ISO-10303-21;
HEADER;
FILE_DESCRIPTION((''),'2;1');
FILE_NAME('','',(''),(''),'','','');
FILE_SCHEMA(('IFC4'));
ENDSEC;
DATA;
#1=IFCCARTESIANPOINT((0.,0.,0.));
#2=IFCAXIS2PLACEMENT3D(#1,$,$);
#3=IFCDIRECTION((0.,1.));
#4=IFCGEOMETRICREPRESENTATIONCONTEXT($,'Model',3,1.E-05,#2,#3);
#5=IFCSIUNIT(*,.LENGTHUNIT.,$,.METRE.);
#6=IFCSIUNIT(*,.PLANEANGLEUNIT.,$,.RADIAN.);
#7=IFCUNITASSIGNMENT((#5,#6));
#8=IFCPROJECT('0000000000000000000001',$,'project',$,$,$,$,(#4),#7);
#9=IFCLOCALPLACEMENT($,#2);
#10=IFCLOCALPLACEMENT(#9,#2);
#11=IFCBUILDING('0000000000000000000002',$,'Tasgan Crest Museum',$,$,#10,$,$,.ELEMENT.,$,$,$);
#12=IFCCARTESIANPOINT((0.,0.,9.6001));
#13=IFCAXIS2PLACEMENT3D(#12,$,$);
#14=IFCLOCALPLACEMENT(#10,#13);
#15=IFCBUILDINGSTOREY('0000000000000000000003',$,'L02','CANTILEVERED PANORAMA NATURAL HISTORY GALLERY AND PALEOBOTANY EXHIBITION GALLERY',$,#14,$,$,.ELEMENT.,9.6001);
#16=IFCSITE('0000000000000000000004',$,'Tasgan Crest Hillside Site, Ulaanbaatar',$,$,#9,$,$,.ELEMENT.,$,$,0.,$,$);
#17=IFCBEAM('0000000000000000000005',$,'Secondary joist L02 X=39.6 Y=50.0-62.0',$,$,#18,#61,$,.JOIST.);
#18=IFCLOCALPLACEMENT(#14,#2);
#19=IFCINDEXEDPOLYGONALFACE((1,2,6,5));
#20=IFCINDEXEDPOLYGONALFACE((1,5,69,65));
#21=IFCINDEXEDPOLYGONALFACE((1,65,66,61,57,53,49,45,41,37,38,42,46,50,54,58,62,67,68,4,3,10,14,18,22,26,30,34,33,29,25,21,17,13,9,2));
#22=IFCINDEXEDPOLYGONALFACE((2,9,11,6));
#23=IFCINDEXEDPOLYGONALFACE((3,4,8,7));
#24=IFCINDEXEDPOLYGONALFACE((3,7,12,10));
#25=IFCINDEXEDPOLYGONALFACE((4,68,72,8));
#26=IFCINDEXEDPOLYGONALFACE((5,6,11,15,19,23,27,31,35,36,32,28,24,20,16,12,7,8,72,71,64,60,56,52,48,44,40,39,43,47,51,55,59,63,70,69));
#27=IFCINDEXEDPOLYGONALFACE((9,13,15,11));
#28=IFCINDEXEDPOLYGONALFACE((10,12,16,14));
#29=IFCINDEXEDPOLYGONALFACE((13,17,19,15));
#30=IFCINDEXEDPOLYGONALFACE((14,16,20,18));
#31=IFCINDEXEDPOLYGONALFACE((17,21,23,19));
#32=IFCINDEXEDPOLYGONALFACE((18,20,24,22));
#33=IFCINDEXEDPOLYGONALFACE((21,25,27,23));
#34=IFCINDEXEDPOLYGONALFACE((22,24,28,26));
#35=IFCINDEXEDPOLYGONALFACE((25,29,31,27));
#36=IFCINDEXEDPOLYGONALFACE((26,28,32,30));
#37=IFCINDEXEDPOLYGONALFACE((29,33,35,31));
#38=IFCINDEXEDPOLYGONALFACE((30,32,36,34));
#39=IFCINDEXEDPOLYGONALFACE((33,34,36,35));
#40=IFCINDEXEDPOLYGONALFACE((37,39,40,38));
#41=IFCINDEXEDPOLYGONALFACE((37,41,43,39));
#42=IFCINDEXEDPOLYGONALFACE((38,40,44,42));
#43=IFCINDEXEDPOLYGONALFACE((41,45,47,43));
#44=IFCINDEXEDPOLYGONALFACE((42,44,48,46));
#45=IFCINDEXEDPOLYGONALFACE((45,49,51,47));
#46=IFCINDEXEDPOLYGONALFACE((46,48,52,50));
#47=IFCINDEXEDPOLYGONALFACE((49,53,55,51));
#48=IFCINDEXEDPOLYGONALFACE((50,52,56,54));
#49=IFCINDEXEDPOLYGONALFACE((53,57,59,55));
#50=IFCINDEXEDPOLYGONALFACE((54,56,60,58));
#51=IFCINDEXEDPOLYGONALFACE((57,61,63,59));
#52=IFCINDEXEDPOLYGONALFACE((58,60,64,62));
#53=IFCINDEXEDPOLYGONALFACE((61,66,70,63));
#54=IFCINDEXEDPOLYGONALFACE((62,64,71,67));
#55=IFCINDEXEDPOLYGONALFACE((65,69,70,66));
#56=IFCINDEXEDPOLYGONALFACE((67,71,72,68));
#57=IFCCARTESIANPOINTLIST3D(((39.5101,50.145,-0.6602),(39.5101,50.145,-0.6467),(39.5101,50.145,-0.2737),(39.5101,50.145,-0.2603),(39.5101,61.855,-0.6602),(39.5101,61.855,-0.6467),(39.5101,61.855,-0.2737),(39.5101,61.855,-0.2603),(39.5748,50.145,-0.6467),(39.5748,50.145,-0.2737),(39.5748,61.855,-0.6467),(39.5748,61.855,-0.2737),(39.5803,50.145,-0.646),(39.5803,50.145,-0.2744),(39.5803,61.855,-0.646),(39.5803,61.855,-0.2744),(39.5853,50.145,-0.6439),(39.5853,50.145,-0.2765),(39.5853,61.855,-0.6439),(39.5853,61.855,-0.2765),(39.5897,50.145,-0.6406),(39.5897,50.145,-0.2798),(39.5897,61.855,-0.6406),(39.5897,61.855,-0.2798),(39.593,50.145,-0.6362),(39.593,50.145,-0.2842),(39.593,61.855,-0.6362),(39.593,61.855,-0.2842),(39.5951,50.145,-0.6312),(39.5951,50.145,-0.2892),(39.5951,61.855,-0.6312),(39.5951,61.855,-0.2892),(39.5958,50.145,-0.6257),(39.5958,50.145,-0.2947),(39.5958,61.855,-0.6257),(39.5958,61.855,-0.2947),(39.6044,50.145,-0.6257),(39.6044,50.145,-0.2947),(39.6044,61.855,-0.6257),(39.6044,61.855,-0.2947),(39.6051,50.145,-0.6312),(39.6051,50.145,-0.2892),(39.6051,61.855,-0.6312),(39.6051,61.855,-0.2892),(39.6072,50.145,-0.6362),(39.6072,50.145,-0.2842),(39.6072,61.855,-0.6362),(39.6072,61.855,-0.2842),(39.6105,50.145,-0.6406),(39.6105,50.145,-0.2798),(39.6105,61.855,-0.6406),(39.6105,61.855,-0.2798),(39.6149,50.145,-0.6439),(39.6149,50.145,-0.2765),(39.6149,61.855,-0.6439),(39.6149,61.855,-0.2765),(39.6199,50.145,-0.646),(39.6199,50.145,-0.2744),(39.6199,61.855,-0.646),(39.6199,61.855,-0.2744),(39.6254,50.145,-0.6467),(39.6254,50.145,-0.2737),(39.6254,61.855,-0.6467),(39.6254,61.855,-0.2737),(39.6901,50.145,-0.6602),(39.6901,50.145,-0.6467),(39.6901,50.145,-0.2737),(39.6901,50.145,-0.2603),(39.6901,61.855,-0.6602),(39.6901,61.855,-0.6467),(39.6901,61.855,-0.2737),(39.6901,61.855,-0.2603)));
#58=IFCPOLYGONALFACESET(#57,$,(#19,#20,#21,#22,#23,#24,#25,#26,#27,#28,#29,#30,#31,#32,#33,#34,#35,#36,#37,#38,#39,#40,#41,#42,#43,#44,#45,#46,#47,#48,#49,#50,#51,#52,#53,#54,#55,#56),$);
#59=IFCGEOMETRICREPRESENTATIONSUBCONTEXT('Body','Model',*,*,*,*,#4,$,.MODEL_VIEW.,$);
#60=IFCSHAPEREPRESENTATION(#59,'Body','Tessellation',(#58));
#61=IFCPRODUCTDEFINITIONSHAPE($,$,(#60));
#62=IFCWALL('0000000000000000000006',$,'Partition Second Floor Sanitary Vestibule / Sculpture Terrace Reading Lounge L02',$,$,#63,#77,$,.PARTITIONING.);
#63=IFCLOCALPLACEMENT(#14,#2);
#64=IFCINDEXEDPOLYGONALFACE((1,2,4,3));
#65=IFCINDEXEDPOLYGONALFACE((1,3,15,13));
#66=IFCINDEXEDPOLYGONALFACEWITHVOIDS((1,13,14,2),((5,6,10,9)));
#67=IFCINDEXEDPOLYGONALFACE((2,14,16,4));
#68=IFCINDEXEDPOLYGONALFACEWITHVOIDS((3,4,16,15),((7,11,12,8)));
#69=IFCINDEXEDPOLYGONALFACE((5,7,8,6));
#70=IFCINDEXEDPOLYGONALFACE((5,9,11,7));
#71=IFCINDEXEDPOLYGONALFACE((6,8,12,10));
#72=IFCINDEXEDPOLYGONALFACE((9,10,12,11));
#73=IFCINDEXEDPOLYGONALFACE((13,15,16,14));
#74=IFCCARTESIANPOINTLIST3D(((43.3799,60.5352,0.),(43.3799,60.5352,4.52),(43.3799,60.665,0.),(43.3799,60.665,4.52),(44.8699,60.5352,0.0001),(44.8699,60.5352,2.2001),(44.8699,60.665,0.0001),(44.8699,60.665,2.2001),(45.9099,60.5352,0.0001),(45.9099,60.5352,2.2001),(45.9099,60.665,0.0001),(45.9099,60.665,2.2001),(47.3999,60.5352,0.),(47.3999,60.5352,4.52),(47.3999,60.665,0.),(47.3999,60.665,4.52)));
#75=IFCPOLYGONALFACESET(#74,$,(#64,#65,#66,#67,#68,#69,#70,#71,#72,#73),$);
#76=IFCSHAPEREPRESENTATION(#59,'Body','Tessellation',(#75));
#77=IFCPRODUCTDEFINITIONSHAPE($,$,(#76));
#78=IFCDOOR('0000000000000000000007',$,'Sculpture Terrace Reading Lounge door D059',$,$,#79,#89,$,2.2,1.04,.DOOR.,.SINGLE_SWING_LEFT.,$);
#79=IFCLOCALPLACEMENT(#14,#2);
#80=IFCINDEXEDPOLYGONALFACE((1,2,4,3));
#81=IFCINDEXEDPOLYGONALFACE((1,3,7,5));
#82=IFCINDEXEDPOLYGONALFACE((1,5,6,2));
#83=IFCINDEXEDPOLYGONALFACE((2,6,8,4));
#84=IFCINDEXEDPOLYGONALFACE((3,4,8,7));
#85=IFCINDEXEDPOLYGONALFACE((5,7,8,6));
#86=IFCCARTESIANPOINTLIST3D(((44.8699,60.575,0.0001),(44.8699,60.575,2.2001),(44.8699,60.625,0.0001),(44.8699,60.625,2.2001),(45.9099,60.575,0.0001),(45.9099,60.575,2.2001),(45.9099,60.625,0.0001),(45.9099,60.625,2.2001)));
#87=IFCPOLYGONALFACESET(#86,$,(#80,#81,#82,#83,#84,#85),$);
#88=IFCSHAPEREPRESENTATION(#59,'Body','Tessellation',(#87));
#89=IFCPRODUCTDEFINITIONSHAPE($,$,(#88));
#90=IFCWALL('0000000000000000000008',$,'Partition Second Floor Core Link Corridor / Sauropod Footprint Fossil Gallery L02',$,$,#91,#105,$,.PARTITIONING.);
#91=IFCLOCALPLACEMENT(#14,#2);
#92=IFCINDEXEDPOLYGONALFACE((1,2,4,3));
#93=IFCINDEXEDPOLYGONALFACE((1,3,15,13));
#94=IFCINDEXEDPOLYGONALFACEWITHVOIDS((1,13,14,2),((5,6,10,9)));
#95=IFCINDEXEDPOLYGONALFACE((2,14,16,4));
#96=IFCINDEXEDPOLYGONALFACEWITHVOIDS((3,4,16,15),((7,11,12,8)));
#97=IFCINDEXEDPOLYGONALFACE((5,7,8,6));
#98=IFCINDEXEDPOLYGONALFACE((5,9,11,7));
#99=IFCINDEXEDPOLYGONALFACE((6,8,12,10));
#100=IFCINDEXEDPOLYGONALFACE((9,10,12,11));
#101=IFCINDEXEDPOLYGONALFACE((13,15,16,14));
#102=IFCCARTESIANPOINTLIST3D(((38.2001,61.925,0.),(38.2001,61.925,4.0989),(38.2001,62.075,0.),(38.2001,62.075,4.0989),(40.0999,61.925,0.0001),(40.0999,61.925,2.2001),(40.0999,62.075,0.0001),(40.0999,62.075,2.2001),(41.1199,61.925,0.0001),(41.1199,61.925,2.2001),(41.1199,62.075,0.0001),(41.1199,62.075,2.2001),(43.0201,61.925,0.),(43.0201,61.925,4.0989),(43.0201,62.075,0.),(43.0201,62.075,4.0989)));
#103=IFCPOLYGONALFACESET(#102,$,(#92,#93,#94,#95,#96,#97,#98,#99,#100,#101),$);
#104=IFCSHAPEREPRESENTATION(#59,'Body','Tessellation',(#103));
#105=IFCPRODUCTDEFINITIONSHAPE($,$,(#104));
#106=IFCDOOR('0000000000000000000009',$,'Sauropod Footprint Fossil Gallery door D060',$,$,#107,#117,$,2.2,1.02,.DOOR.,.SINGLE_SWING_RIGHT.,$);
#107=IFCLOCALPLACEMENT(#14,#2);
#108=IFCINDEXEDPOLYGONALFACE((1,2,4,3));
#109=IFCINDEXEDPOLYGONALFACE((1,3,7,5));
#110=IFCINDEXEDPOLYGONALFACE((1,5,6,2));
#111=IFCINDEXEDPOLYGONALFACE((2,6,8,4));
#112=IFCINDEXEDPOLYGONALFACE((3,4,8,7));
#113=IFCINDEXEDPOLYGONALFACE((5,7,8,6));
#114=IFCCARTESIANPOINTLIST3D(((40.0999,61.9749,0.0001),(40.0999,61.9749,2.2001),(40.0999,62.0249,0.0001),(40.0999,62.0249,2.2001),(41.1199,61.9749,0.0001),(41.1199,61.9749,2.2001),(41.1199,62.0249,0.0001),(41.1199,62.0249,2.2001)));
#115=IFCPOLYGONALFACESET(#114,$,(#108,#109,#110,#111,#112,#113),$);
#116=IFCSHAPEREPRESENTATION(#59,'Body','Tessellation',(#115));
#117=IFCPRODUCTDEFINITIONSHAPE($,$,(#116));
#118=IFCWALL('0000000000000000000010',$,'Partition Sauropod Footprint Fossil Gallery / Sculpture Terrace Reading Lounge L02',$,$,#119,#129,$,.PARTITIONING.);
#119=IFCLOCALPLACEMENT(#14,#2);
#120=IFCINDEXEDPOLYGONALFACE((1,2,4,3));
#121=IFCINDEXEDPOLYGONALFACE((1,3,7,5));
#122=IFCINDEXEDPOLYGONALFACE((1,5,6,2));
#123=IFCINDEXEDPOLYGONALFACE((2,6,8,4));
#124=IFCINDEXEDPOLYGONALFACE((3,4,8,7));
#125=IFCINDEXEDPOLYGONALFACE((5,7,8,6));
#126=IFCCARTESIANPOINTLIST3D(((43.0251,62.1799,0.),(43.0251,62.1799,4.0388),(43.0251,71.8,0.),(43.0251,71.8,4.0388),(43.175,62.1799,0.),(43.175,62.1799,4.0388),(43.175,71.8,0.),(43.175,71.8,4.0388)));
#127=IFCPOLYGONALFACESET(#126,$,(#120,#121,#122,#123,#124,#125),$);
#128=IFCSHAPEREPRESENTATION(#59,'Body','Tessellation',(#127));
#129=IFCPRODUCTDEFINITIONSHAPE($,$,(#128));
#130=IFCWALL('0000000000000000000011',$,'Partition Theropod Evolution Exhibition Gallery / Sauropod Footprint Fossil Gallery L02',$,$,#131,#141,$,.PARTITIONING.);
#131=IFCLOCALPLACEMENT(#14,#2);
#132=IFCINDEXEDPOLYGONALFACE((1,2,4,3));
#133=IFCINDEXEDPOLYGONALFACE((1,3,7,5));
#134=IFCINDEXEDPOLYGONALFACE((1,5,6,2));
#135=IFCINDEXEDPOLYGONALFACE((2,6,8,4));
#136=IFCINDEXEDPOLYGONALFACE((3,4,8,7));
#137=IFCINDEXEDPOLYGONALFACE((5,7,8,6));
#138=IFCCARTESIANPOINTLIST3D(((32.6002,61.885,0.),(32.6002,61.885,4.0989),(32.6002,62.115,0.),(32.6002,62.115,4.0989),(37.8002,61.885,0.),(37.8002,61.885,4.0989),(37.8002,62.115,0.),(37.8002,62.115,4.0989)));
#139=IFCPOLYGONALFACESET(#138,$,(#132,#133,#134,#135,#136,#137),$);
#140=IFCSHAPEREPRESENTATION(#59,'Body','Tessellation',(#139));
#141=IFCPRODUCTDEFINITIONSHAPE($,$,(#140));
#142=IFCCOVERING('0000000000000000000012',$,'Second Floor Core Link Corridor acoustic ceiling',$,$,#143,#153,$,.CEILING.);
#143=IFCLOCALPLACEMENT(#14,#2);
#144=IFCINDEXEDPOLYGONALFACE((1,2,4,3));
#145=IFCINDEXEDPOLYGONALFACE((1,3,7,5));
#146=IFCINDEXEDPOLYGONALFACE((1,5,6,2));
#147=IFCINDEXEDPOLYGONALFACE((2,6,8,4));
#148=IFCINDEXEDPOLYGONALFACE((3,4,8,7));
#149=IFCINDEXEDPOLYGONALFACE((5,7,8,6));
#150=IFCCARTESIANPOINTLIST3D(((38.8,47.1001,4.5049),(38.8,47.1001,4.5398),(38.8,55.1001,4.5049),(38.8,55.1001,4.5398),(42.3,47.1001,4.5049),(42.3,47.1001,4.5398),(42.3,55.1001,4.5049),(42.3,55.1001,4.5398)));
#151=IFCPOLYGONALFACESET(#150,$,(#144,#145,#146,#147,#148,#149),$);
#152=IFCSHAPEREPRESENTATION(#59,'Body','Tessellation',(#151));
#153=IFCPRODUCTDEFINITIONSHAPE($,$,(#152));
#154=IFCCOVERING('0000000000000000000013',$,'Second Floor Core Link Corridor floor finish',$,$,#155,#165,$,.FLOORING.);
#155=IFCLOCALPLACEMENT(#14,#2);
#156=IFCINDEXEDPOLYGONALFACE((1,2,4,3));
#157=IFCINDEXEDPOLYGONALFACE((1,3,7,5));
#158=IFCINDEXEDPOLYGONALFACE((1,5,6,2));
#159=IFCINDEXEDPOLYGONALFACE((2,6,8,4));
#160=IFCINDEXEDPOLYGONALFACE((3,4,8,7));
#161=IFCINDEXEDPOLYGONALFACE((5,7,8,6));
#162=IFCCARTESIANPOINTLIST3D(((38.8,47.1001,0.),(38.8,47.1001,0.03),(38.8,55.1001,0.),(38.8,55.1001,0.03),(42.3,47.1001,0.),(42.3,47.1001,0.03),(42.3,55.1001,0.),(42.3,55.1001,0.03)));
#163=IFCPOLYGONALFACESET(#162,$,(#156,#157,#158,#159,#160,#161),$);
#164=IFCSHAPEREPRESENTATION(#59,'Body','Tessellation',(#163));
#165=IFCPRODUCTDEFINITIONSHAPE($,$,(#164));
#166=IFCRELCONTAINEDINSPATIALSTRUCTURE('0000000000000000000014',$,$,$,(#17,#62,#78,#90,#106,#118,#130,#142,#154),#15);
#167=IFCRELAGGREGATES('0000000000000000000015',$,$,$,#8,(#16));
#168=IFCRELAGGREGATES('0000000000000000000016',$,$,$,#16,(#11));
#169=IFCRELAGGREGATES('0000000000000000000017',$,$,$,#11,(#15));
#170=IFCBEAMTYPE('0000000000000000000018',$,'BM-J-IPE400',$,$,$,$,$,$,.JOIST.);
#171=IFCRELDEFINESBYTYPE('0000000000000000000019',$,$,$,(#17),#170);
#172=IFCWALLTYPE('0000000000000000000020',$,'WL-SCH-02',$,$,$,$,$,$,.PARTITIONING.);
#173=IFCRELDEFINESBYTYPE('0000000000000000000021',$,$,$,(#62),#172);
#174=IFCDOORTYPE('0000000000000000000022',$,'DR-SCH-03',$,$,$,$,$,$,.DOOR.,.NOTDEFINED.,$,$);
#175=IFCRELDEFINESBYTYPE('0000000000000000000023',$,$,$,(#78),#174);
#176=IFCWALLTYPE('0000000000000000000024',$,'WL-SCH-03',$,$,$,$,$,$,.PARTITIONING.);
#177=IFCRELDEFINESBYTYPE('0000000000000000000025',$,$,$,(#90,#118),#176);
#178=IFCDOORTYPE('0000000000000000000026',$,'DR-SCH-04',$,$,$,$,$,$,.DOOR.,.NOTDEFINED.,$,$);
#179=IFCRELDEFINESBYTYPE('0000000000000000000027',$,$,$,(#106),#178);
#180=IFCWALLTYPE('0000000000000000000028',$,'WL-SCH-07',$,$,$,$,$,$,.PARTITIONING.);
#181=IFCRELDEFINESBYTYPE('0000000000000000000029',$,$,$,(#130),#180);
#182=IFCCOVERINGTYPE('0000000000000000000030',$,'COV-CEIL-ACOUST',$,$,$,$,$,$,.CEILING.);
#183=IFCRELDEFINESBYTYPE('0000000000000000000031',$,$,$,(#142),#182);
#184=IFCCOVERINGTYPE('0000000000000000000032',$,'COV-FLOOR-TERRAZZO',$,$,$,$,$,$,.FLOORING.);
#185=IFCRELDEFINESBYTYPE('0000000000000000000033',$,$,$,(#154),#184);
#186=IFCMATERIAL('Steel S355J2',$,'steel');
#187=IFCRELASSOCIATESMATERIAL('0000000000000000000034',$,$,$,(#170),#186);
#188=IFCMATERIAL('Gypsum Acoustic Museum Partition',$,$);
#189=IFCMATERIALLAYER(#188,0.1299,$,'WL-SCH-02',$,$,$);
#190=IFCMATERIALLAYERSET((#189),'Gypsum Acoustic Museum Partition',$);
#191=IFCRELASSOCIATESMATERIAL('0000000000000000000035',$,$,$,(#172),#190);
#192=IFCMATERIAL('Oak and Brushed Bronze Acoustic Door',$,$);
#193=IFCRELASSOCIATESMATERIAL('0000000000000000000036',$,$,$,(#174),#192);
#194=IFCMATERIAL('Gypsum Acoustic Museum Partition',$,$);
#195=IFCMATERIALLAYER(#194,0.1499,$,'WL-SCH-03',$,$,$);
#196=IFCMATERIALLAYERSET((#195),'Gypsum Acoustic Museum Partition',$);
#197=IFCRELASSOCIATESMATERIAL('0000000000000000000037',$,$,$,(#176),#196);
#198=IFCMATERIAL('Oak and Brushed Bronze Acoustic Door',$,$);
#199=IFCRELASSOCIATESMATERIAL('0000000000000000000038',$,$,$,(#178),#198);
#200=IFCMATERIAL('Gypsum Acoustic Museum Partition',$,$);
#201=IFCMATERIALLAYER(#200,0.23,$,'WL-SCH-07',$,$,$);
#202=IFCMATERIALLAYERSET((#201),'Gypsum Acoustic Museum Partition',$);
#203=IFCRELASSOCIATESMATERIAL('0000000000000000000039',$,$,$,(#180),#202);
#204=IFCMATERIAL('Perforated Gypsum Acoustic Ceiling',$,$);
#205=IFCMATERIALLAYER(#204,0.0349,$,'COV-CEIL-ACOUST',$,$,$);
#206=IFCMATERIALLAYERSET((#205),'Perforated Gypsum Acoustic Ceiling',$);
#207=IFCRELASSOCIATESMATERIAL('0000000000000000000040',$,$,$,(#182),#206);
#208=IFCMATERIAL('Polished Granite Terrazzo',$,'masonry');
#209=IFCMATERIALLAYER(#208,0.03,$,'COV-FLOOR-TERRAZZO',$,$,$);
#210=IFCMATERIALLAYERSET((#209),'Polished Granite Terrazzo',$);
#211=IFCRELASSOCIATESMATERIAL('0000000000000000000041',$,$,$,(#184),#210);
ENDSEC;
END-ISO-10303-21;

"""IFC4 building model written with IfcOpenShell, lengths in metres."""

from ifc_helpers import new_model, si_unit, direction, frame, frame_2d, origin, origin_2d, place, context, subcontext, project, spatial, rectangle, i_section, extrude, material, layer, layer_set, material_profile, profile_set, type_object, element, fill, save


model = new_model("IFC4")

# Units and contexts
model_context = context("Model", 3, precision=1e-05, world=origin(), true_north=direction((0.0, 1.0)))
body_context = subcontext(model_context, "Body", "Model", "MODEL_VIEW")
ifc_project = project(units=[si_unit("LENGTHUNIT", "METRE"), si_unit("PLANEANGLEUNIT", "RADIAN")], contexts=[model_context])

# Site, building, storey
site_placement = place(None, origin())
site = spatial("IfcSite", under=ifc_project, at=site_placement, Name="Tasgan Crest Hillside Site, Ulaanbaatar", CompositionType="ELEMENT", RefElevation=0.0)
building_placement = place(site_placement, origin())
building = spatial("IfcBuilding", under=site, at=building_placement, Name="Tasgan Crest Museum", CompositionType="ELEMENT")
storey_placement = place(building_placement, frame((0.0, 0.0, 9.6001)))
storey = spatial("IfcBuildingStorey", under=building, at=storey_placement, Name="L02", Description="CANTILEVERED PANORAMA NATURAL HISTORY GALLERY AND PALEOBOTANY EXHIBITION GALLERY", CompositionType="ELEMENT", Elevation=9.6001)

# Beam
ifc_material_1 = material(Name="Steel S355J2", Category="steel")
ifc_material_profile_1 = material_profile(ifc_material_1, i_section(OverallWidth=0.1799, OverallDepth=0.3999, WebThickness=0.0085, FlangeThickness=0.0134, FilletRadius=0.021, at=origin_2d()), Name="IPE 400")
ifc_profile_set_1 = profile_set([ifc_material_profile_1], Name="Steel S355J2")
beam_type_1 = type_object("IfcBeamType", Name="BM-J-IPE400", PredefinedType="JOIST", material=ifc_profile_set_1)
for number, where, z_axis, x_axis, name in (
    (1, (39.6001, 50.145, -0.4602), (0.0, 1.0, 0.0), (-1.0, 0.0, 0.0), "Secondary joist L02 X=39.6 Y=50.0-62.0"),
):
    element("IfcBeam", number, at=place(storey_placement, frame(where, z_axis=z_axis, x_axis=x_axis)), inside=storey, type_object=beam_type_1, Name=name, PredefinedType="JOIST", context=body_context, shape_type="SweptSolid", body=[
        extrude(i_section(OverallWidth=0.1799, OverallDepth=0.3999, WebThickness=0.0085, FlangeThickness=0.0134, FilletRadius=0.021, at=origin_2d()), origin(), (0.0, 0.0, 1.0), 11.71),
    ])

# Walls, openings, doors
ifc_material_2 = material(Name="Gypsum Acoustic Museum Partition")
ifc_layer_1 = layer(ifc_material_2, 0.1299, Name="WL-SCH-02")
ifc_layer_set_1 = layer_set([ifc_layer_1], Name="Gypsum Acoustic Museum Partition")
wall_type_1 = type_object("IfcWallType", Name="WL-SCH-02", PredefinedType="PARTITIONING", material=ifc_layer_set_1)
wall_1_placement = place(storey_placement, frame((43.3799, 60.6001, 0.0), z_axis=(0.0, 0.0, 1.0), x_axis=(1.0, 0.0, 0.0)))
wall_1 = element("IfcWall", 2, at=wall_1_placement, inside=storey, type_object=wall_type_1, Name="Partition Second Floor Sanitary Vestibule / Sculpture Terrace Reading Lounge L02", PredefinedType="PARTITIONING", context=body_context, shape_type="SweptSolid", body=[
    extrude(rectangle(XDim=4.02, YDim=0.1299, at=frame_2d((2.01, 0.0))), origin(), (0.0, 0.0, 1.0), 4.52),
])
opening_1_placement = place(wall_1_placement, frame((1.49, 0.0, 0.0)))
opening_1 = element("IfcOpeningElement", 3, at=opening_1_placement, cuts=wall_1, PredefinedType="OPENING", context=body_context, shape_type="SweptSolid", body=[
    extrude(rectangle(XDim=1.04, YDim=2.2, at=frame_2d((0.52, 1.1001))), frame((0.0, 0.075, 0.0), z_axis=(0.0, -1.0, 0.0), x_axis=(1.0, 0.0, 0.0)), (0.0, 0.0, 1.0), 0.1499),
])
ifc_material_3 = material(Name="Oak and Brushed Bronze Acoustic Door")
door_type_1 = type_object("IfcDoorType", Name="DR-SCH-03", OperationType="NOTDEFINED", PredefinedType="DOOR", material=ifc_material_3)
door_1_placement = place(opening_1_placement, origin())
door_1 = element("IfcDoor", 4, at=door_1_placement, inside=storey, type_object=door_type_1, Name="Sculpture Terrace Reading Lounge door D059", OperationType="SINGLE_SWING_LEFT", OverallHeight=2.2, OverallWidth=1.04, PredefinedType="DOOR", context=body_context, shape_type="SweptSolid", body=[
    extrude(rectangle(XDim=1.04, YDim=2.2, at=frame_2d((0.52, 1.1001))), frame((0.0, 0.0249, 0.0), z_axis=(0.0, -1.0, 0.0), x_axis=(1.0, 0.0, 0.0)), (0.0, 0.0, 1.0), 0.05),
])
fill(opening_1, door_1)
ifc_material_4 = material(Name="Gypsum Acoustic Museum Partition")
ifc_layer_2 = layer(ifc_material_4, 0.1499, Name="WL-SCH-03")
ifc_layer_set_2 = layer_set([ifc_layer_2], Name="Gypsum Acoustic Museum Partition")
wall_type_2 = type_object("IfcWallType", Name="WL-SCH-03", PredefinedType="PARTITIONING", material=ifc_layer_set_2)
wall_2_placement = place(storey_placement, frame((38.2, 62.0, 0.0), z_axis=(0.0, 0.0, 1.0), x_axis=(1.0, 0.0, 0.0)))
wall_2 = element("IfcWall", 5, at=wall_2_placement, inside=storey, type_object=wall_type_2, Name="Partition Second Floor Core Link Corridor / Sauropod Footprint Fossil Gallery L02", PredefinedType="PARTITIONING", context=body_context, shape_type="SweptSolid", body=[
    extrude(rectangle(XDim=4.8201, YDim=0.1499, at=frame_2d((2.4102, 0.0))), origin(), (0.0, 0.0, 1.0), 4.0989),
])
opening_2_placement = place(wall_2_placement, frame((1.8999, 0.0, 0.0)))
opening_2 = element("IfcOpeningElement", 6, at=opening_2_placement, cuts=wall_2, PredefinedType="OPENING", context=body_context, shape_type="SweptSolid", body=[
    extrude(rectangle(XDim=1.02, YDim=2.2, at=frame_2d((0.51, 1.1001))), frame((0.0, 0.085, 0.0), z_axis=(0.0, -1.0, 0.0), x_axis=(1.0, 0.0, 0.0)), (0.0, 0.0, 1.0), 0.1699),
])
ifc_material_5 = material(Name="Oak and Brushed Bronze Acoustic Door")
door_type_2 = type_object("IfcDoorType", Name="DR-SCH-04", OperationType="NOTDEFINED", PredefinedType="DOOR", material=ifc_material_5)
door_2_placement = place(opening_2_placement, origin())
door_2 = element("IfcDoor", 7, at=door_2_placement, inside=storey, type_object=door_type_2, Name="Sauropod Footprint Fossil Gallery door D060", OperationType="SINGLE_SWING_RIGHT", OverallHeight=2.2, OverallWidth=1.02, PredefinedType="DOOR", context=body_context, shape_type="SweptSolid", body=[
    extrude(rectangle(XDim=1.02, YDim=2.2, at=frame_2d((0.51, 1.1001))), frame((0.0, 0.0249, 0.0), z_axis=(0.0, -1.0, 0.0), x_axis=(1.0, 0.0, 0.0)), (0.0, 0.0, 1.0), 0.05),
])
fill(opening_2, door_2)

# Walls
wall_3_placement = place(storey_placement, frame((43.1001, 62.1799, 0.0), z_axis=(0.0, 0.0, 1.0), x_axis=(0.0, 1.0, 0.0)))
element("IfcWall", 8, at=wall_3_placement, inside=storey, type_object=wall_type_2, Name="Partition Sauropod Footprint Fossil Gallery / Sculpture Terrace Reading Lounge L02", PredefinedType="PARTITIONING", context=body_context, shape_type="SweptSolid", body=[
    extrude(rectangle(XDim=9.6201, YDim=0.1499, at=frame_2d((4.8101, 0.0))), origin(), (0.0, 0.0, 1.0), 4.0388),
])
ifc_material_6 = material(Name="Gypsum Acoustic Museum Partition")
ifc_layer_3 = layer(ifc_material_6, 0.23, Name="WL-SCH-07")
ifc_layer_set_3 = layer_set([ifc_layer_3], Name="Gypsum Acoustic Museum Partition")
wall_type_3 = type_object("IfcWallType", Name="WL-SCH-07", PredefinedType="PARTITIONING", material=ifc_layer_set_3)
wall_4_placement = place(storey_placement, frame((32.6001, 62.0, 0.0), z_axis=(0.0, 0.0, 1.0), x_axis=(1.0, 0.0, 0.0)))
element("IfcWall", 9, at=wall_4_placement, inside=storey, type_object=wall_type_3, Name="Partition Theropod Evolution Exhibition Gallery / Sauropod Footprint Fossil Gallery L02", PredefinedType="PARTITIONING", context=body_context, shape_type="SweptSolid", body=[
    extrude(rectangle(XDim=5.2, YDim=0.23, at=frame_2d((2.6001, 0.0))), origin(), (0.0, 0.0, 1.0), 4.0989),
])

# Coverings
ifc_material_7 = material(Name="Perforated Gypsum Acoustic Ceiling")
ifc_layer_4 = layer(ifc_material_7, 0.0349, Name="COV-CEIL-ACOUST")
ifc_layer_set_4 = layer_set([ifc_layer_4], Name="Perforated Gypsum Acoustic Ceiling")
covering_type_1 = type_object("IfcCoveringType", Name="COV-CEIL-ACOUST", PredefinedType="CEILING", material=ifc_layer_set_4)
covering_1_placement = place(storey_placement, frame((40.55, 51.1001, 4.5049), z_axis=(0.0, 0.0, 1.0), x_axis=(1.0, 0.0, 0.0)))
element("IfcCovering", 10, at=covering_1_placement, inside=storey, type_object=covering_type_1, Name="Second Floor Core Link Corridor acoustic ceiling", PredefinedType="CEILING", context=body_context, shape_type="SweptSolid", body=[
    extrude(rectangle(XDim=3.5, YDim=8.0, at=origin_2d()), origin(), (0.0, 0.0, 1.0), 0.0349),
])
ifc_material_8 = material(Name="Polished Granite Terrazzo", Category="masonry")
ifc_layer_5 = layer(ifc_material_8, 0.03, Name="COV-FLOOR-TERRAZZO")
ifc_layer_set_5 = layer_set([ifc_layer_5], Name="Polished Granite Terrazzo")
covering_type_2 = type_object("IfcCoveringType", Name="COV-FLOOR-TERRAZZO", PredefinedType="FLOORING", material=ifc_layer_set_5)
covering_2_placement = place(storey_placement, frame((40.55, 51.1001, 0.0), z_axis=(0.0, 0.0, 1.0), x_axis=(1.0, 0.0, 0.0)))
element("IfcCovering", 11, at=covering_2_placement, inside=storey, type_object=covering_type_2, Name="Second Floor Core Link Corridor floor finish", PredefinedType="FLOORING", context=body_context, shape_type="SweptSolid", body=[
    extrude(rectangle(XDim=3.5, YDim=8.0, at=origin_2d()), origin(), (0.0, 0.0, 1.0), 0.03),
])

save(model, "model.ifc")
